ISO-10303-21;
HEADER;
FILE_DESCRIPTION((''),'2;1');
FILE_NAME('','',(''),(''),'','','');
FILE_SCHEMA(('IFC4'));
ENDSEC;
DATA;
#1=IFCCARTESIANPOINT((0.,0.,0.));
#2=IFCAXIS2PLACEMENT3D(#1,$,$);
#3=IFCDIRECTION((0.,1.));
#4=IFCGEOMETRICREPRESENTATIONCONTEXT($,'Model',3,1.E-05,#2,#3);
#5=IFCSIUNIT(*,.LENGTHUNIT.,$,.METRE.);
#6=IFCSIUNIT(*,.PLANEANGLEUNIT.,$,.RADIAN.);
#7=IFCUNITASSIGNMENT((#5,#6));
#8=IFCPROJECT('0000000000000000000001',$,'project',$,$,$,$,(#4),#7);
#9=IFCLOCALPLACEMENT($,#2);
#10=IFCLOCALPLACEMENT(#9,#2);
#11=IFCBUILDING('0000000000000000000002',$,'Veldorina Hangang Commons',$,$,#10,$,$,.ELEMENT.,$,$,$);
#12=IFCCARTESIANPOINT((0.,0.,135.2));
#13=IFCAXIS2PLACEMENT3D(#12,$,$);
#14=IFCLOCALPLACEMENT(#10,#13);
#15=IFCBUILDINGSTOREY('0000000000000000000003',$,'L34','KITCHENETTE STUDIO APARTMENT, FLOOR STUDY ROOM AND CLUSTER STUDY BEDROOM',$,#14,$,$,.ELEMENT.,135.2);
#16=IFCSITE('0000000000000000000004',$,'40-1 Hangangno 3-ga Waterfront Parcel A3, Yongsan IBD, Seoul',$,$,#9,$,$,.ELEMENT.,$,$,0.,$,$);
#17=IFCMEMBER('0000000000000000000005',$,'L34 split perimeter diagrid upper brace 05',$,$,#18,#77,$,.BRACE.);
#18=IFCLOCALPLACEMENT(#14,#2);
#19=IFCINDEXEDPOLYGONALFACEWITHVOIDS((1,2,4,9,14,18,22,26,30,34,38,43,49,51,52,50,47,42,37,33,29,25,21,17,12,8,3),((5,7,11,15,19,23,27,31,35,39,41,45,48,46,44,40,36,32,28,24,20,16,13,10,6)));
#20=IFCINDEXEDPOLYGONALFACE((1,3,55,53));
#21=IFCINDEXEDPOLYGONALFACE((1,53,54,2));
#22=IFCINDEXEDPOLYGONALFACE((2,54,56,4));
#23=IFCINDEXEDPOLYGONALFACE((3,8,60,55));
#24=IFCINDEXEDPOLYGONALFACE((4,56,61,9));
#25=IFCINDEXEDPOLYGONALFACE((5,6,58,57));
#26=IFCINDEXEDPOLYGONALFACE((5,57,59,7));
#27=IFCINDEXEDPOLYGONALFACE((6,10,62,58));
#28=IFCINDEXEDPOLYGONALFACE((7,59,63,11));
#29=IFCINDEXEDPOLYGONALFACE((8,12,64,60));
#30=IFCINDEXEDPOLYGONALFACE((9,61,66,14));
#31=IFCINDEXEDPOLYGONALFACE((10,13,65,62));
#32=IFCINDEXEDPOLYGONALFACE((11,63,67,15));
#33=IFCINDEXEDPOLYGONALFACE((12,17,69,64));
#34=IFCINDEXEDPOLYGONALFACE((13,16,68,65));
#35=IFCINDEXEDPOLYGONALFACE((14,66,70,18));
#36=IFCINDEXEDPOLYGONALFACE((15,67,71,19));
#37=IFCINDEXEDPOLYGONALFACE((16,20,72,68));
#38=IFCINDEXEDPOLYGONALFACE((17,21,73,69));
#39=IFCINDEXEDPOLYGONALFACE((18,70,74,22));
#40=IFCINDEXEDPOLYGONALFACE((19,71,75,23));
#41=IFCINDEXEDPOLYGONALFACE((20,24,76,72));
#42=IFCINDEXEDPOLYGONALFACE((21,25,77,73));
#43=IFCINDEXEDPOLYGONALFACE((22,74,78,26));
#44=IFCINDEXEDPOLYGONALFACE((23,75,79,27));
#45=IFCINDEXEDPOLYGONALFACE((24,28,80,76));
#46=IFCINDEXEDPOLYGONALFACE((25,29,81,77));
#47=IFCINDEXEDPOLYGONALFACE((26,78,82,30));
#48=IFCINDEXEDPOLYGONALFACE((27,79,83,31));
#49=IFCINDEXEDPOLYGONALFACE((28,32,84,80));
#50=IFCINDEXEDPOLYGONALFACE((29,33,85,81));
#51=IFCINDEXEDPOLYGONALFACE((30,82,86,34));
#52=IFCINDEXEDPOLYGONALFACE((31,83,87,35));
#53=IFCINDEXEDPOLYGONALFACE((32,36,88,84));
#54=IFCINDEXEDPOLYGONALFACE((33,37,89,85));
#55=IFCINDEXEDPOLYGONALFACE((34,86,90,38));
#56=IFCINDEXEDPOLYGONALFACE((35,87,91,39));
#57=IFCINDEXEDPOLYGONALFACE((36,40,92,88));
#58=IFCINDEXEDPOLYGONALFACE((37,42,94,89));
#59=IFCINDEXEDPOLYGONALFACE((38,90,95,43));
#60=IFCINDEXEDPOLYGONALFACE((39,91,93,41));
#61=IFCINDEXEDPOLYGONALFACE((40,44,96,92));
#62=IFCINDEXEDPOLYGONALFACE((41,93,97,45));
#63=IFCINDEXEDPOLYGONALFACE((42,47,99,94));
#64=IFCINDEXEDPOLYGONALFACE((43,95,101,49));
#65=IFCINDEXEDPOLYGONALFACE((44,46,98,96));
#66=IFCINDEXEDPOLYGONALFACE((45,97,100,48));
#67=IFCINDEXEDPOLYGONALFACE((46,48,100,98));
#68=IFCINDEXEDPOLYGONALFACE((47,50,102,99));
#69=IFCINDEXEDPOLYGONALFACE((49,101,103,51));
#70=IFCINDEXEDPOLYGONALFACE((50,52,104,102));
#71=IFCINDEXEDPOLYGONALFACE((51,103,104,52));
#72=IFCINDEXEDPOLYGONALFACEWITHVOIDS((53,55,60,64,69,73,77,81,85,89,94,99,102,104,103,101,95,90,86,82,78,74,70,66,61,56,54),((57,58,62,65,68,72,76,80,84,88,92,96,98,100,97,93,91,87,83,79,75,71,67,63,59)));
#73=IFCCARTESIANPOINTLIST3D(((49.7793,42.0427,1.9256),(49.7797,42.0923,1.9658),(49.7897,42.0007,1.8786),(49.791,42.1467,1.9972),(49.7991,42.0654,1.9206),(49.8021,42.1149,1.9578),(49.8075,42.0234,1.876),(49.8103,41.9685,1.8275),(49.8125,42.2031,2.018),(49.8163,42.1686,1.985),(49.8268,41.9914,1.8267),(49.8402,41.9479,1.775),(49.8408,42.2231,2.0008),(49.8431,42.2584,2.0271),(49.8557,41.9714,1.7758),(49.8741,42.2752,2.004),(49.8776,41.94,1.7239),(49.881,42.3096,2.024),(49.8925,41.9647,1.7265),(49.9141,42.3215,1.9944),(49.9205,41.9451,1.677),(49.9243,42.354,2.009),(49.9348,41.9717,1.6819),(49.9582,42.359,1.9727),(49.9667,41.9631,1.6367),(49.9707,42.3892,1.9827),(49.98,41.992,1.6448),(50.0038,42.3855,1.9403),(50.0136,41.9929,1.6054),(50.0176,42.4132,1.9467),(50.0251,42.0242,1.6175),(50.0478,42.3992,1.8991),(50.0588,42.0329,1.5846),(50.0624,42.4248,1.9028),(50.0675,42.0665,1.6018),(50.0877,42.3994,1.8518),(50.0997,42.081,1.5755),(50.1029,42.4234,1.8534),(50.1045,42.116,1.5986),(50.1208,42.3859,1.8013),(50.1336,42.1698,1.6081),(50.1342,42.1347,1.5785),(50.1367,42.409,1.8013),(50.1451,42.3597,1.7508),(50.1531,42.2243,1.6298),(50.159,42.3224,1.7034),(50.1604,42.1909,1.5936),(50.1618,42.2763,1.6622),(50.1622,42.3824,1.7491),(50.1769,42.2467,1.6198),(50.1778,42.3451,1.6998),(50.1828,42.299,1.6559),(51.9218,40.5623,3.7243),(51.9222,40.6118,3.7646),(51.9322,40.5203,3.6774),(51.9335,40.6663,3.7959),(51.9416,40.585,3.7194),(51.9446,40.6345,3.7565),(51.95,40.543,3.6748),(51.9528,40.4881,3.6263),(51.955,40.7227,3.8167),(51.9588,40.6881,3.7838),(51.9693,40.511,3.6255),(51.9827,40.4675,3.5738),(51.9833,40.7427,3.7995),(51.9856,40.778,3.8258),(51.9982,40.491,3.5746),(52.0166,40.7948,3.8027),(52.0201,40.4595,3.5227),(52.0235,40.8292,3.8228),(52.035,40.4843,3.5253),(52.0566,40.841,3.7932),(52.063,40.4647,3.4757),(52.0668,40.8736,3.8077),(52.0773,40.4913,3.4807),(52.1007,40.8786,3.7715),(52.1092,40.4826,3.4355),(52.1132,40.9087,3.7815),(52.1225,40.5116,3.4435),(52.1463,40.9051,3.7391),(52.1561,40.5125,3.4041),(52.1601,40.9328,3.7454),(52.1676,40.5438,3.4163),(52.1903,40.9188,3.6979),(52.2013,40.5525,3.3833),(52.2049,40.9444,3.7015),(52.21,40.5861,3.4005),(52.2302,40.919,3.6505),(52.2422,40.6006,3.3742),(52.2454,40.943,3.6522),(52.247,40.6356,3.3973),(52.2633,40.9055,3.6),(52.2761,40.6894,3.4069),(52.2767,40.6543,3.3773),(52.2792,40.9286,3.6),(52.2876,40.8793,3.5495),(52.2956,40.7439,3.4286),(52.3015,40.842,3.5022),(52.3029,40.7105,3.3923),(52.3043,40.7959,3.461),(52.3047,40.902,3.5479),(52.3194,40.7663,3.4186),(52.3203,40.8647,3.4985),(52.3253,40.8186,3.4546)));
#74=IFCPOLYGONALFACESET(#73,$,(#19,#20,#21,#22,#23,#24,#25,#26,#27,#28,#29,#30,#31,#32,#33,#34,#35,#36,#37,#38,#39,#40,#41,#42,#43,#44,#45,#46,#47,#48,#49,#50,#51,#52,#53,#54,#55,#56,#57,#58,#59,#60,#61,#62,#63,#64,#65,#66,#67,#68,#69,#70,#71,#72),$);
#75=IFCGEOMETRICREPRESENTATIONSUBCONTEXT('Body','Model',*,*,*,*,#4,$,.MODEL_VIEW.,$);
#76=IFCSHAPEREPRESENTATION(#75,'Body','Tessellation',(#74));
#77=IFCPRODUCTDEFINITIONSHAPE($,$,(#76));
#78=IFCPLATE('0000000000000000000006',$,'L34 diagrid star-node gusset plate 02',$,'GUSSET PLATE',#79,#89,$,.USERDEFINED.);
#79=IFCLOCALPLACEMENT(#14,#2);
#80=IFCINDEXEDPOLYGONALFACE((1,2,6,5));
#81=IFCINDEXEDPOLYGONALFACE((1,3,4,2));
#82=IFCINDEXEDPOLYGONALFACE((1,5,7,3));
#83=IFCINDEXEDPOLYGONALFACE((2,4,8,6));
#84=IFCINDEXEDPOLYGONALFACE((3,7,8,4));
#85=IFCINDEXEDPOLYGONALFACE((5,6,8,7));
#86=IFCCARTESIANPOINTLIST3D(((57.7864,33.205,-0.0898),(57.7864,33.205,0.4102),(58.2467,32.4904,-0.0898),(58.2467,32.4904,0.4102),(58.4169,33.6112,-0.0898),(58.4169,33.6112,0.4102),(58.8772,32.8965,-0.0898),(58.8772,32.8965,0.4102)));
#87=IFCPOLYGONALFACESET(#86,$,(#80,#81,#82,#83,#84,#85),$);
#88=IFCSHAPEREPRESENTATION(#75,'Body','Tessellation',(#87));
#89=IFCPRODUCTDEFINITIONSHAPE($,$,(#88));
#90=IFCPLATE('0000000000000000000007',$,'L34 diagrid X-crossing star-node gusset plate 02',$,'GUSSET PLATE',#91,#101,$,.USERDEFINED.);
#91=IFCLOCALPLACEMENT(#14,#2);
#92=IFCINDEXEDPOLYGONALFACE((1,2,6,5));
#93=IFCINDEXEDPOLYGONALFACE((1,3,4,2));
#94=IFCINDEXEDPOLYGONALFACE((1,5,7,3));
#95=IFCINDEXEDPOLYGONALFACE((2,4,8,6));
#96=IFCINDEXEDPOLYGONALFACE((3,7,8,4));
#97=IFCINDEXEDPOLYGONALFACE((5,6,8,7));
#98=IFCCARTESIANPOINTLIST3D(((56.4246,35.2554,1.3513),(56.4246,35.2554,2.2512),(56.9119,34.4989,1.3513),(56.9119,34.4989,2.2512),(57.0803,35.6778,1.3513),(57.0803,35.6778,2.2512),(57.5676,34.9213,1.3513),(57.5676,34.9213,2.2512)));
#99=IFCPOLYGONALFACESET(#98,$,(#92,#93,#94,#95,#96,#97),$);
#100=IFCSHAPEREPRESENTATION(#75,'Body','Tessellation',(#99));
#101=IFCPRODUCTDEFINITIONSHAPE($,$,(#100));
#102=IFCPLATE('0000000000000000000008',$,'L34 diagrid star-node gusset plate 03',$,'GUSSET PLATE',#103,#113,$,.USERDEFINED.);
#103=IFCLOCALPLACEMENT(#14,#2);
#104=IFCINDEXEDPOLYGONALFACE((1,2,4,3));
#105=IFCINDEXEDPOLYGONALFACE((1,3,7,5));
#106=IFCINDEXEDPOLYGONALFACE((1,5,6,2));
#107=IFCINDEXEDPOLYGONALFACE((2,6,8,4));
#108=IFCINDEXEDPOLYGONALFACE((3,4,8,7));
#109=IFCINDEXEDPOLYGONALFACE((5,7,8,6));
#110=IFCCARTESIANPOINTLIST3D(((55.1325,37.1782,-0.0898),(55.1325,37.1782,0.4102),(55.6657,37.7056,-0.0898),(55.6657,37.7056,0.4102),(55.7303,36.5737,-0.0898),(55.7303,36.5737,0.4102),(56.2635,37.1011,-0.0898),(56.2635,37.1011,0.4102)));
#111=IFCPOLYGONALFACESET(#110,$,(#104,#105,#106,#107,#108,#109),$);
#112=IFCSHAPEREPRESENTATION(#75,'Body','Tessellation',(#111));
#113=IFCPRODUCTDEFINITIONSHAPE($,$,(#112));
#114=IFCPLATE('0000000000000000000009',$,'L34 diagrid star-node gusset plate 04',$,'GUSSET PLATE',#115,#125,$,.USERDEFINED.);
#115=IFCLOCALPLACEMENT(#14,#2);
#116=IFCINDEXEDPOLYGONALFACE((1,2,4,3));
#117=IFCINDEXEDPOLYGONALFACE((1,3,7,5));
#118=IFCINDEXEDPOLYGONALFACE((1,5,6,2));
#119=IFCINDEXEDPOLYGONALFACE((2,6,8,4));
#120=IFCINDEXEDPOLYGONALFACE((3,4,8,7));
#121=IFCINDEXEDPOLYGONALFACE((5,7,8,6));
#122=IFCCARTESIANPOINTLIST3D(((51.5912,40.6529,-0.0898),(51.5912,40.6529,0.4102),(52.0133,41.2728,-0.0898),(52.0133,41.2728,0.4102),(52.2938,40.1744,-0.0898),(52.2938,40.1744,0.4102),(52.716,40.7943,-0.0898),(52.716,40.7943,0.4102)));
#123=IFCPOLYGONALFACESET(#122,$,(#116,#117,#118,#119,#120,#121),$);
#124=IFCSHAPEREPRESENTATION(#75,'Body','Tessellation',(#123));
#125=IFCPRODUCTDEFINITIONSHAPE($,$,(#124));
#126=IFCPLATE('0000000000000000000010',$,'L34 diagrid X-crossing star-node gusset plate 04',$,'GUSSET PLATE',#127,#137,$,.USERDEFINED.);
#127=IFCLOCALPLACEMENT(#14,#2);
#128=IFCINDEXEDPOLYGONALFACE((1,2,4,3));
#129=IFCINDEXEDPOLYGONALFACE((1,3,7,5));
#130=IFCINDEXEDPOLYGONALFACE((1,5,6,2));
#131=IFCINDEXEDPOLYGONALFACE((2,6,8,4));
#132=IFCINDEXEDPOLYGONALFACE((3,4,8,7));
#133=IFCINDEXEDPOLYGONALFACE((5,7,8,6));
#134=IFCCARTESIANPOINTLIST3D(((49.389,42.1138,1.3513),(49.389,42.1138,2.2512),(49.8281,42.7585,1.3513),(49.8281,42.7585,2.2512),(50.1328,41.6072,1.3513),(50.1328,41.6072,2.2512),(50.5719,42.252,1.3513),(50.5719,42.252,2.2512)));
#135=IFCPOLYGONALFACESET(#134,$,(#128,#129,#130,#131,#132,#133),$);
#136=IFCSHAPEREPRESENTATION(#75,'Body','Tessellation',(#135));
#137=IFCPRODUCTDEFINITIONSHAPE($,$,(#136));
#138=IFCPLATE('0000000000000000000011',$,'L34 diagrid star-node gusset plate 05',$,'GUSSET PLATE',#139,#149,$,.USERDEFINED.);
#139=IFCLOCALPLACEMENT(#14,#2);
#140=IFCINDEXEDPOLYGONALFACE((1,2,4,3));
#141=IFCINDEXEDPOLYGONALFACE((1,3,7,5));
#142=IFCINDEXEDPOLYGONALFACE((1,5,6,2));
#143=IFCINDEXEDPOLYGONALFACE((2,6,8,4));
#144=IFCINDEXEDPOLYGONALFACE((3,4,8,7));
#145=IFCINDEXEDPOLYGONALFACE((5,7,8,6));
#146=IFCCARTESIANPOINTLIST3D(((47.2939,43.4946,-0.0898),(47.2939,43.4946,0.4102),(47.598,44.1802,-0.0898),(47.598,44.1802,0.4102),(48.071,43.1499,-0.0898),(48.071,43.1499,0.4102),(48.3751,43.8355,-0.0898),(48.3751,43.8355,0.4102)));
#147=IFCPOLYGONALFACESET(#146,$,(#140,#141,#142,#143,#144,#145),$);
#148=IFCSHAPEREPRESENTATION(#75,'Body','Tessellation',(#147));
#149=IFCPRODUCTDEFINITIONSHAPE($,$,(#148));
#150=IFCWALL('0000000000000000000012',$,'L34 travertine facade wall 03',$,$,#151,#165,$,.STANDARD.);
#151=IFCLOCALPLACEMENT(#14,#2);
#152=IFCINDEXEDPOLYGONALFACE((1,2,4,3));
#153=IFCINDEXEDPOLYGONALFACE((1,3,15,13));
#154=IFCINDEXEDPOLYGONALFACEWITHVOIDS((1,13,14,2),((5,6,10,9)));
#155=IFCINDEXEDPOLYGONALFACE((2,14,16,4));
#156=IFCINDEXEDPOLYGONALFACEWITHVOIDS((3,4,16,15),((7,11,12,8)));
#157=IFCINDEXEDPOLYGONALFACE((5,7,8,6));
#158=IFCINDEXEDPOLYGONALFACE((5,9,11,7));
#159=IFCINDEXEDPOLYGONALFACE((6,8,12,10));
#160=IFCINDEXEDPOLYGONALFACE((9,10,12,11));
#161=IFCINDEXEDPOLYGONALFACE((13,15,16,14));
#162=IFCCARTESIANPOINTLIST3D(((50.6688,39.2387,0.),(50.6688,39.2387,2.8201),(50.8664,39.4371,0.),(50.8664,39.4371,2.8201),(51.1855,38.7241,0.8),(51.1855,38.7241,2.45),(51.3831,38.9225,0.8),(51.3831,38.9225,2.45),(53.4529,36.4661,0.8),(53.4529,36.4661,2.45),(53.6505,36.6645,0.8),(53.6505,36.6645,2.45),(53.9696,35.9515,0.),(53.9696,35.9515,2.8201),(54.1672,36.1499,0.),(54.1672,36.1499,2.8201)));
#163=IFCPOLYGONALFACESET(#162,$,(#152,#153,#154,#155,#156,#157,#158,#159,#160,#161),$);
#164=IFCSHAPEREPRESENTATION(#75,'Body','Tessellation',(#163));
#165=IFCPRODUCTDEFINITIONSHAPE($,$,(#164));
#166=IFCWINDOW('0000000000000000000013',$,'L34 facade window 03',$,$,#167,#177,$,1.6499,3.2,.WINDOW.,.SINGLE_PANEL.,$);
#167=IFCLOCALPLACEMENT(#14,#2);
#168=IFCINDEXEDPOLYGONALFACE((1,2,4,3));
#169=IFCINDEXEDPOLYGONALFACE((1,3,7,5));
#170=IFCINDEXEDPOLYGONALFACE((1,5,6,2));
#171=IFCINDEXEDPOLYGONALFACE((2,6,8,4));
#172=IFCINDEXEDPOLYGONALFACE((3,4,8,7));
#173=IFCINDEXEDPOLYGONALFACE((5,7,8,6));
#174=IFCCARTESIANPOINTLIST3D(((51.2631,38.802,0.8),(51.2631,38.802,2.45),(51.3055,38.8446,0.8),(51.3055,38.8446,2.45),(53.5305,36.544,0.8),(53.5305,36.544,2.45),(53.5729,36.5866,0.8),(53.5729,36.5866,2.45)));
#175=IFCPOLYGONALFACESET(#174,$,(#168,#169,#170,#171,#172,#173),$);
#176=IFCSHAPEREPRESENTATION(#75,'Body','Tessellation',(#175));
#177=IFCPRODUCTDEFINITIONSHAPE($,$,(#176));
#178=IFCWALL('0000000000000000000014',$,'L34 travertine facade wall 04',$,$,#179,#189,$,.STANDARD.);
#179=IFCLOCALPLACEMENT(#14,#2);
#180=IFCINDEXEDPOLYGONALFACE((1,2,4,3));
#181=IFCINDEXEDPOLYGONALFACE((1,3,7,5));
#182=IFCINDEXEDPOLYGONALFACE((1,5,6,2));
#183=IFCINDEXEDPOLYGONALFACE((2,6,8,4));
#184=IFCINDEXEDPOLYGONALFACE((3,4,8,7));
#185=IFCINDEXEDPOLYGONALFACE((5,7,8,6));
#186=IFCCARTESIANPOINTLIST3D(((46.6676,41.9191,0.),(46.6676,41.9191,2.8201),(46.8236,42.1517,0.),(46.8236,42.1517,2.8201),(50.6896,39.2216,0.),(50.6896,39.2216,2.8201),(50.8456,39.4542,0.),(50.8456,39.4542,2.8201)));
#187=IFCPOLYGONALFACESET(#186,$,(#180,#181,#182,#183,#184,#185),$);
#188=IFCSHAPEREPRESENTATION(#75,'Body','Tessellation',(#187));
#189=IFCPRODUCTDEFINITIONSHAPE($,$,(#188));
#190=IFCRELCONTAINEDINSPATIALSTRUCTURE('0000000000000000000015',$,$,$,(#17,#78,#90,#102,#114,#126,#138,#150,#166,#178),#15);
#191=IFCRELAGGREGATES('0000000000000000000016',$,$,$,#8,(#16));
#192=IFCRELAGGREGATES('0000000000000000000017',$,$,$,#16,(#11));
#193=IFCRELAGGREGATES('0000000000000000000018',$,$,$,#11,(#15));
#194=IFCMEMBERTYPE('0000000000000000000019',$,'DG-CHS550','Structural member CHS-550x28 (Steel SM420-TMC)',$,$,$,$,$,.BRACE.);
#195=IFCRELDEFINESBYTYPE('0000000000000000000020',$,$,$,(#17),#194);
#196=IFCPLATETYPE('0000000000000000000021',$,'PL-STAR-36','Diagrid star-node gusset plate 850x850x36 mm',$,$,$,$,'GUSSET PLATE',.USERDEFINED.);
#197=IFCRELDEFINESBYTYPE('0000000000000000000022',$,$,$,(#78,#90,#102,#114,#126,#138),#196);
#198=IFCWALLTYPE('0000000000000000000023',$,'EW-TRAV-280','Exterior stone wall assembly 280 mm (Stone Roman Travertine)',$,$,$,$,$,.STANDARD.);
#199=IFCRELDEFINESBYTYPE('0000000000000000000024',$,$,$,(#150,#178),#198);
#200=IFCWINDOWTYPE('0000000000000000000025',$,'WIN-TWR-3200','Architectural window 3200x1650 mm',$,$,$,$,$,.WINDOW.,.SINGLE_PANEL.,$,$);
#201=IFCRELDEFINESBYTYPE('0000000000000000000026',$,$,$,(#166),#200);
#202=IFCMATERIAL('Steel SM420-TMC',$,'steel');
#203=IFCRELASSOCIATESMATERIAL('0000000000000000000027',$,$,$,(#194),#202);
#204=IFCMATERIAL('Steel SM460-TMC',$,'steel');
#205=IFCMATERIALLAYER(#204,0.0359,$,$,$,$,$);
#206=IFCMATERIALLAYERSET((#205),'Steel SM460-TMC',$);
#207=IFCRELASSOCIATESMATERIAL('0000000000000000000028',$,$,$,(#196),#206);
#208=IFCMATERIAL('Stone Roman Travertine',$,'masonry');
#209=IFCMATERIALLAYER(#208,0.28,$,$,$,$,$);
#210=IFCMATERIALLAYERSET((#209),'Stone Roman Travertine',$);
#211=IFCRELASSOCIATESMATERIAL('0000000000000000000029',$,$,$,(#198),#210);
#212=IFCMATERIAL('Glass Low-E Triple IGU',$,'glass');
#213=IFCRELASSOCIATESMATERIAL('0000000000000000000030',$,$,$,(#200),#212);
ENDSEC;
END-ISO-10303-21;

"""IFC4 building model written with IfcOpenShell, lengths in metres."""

from ifc_helpers import new_model, si_unit, direction, frame, frame_2d, origin, origin_2d, place, context, subcontext, project, spatial, rectangle, hollow_circle, extrude, material, layer, layer_set, material_profile, profile_set, type_object, element, fill, save


model = new_model("IFC4")

# Units and contexts
model_context = context("Model", 3, precision=1e-05, world=origin(), true_north=direction((0.0, 1.0)))
body_context = subcontext(model_context, "Body", "Model", "MODEL_VIEW")
ifc_project = project(units=[si_unit("LENGTHUNIT", "METRE"), si_unit("PLANEANGLEUNIT", "RADIAN")], contexts=[model_context])

# Site, building, storey
site_placement = place(None, origin())
site = spatial("IfcSite", under=ifc_project, at=site_placement, Name="40-1 Hangangno 3-ga Waterfront Parcel A3, Yongsan IBD, Seoul", CompositionType="ELEMENT", RefElevation=0.0)
building_placement = place(site_placement, origin())
building = spatial("IfcBuilding", under=site, at=building_placement, Name="Veldorina Hangang Commons", CompositionType="ELEMENT")
storey_placement = place(building_placement, frame((0.0, 0.0, 135.2)))
storey = spatial("IfcBuildingStorey", under=building, at=storey_placement, Name="L34", Description="KITCHENETTE STUDIO APARTMENT, FLOOR STUDY ROOM AND CLUSTER STUDY BEDROOM", CompositionType="ELEMENT", Elevation=135.2)

# Shared definitions
ifc_material_1 = material(Name="Steel SM420-TMC", Category="steel")

# Member
ifc_material_profile_1 = material_profile(ifc_material_1, hollow_circle(Radius=0.2749, WallThickness=0.0281, at=origin_2d()), Name="CHS-550x28")
ifc_profile_set_1 = profile_set([ifc_material_profile_1], Name="Steel SM420-TMC")
member_type = type_object("IfcMemberType", Name="DG-CHS550", Description="Structural member CHS-550x28 (Steel SM420-TMC)", PredefinedType="BRACE", material=ifc_profile_set_1)
member_1_placement = place(storey_placement, frame((49.9805, 42.1829, 1.8013), z_axis=(0.676927, -0.46774, 0.568322), x_axis=(0.568469, 0.822705, 0.0)))
element("IfcMember", 1, at=member_1_placement, inside=storey, type_object=member_type, Name="L34 split perimeter diagrid upper brace 05", PredefinedType="BRACE", context=body_context, shape_type="SweptSolid", body=[
    extrude(hollow_circle(Radius=0.2749, WallThickness=0.0281, at=origin_2d()), origin(), (0.0, 0.0, 1.0), 3.165),
])

# Plates
ifc_material_2 = material(Name="Steel SM460-TMC", Category="steel")
ifc_layer_1 = layer(ifc_material_2, 0.0359)
ifc_layer_set_1 = layer_set([ifc_layer_1], Name="Steel SM460-TMC")
plate_type = type_object("IfcPlateType", Name="PL-STAR-36", Description="Diagrid star-node gusset plate 850x850x36 mm", ElementType="GUSSET PLATE", PredefinedType="USERDEFINED", material=ifc_layer_set_1)
plate_1_placement = place(storey_placement, frame((58.3318, 33.0508, -0.0898), z_axis=(0.0, 0.0, 1.0), x_axis=(-0.541517, 0.840689, 0.0)))
element("IfcPlate", 2, at=plate_1_placement, inside=storey, type_object=plate_type, Name="L34 diagrid star-node gusset plate 02", ObjectType="GUSSET PLATE", PredefinedType="USERDEFINED", context=body_context, shape_type="SweptSolid", body=[
    extrude(rectangle(XDim=0.8501, YDim=0.75, at=origin_2d()), origin(), (0.0, 0.0, 1.0), 0.5),
])
plate_2_placement = place(storey_placement, frame((56.9961, 35.0884, 1.3513), z_axis=(0.0, 0.0, 1.0), x_axis=(-0.541517, 0.840689, 0.0)))
element("IfcPlate", 3, at=plate_2_placement, inside=storey, type_object=plate_type, Name="L34 diagrid X-crossing star-node gusset plate 02", ObjectType="GUSSET PLATE", PredefinedType="USERDEFINED", context=body_context, shape_type="SweptSolid", body=[
    extrude(rectangle(XDim=0.8999, YDim=0.78, at=origin_2d()), origin(), (0.0, 0.0, 1.0), 0.8999),
])
for number, where, z_axis, x_axis, name in (
    (4, (55.698, 37.1396, -0.0898), (0.0, 0.0, 1.0), (-0.703184, 0.711008, 0.0), "L34 diagrid star-node gusset plate 03"),
    (5, (52.1536, 40.7236, -0.0898), (0.0, 0.0, 1.0), (-0.826541, 0.562877, 0.0), "L34 diagrid star-node gusset plate 04"),
):
    element("IfcPlate", number, at=place(storey_placement, frame(where, z_axis=z_axis, x_axis=x_axis)), inside=storey, type_object=plate_type, Name=name, ObjectType="GUSSET PLATE", PredefinedType="USERDEFINED", context=body_context, shape_type="SweptSolid", body=[
        extrude(rectangle(XDim=0.8501, YDim=0.75, at=origin_2d()), origin(), (0.0, 0.0, 1.0), 0.5),
    ])
plate_3_placement = place(storey_placement, frame((49.9805, 42.1829, 1.3513), z_axis=(0.0, 0.0, 1.0), x_axis=(-0.826541, 0.562877, 0.0)))
element("IfcPlate", 6, at=plate_3_placement, inside=storey, type_object=plate_type, Name="L34 diagrid X-crossing star-node gusset plate 04", ObjectType="GUSSET PLATE", PredefinedType="USERDEFINED", context=body_context, shape_type="SweptSolid", body=[
    extrude(rectangle(XDim=0.8999, YDim=0.78, at=origin_2d()), origin(), (0.0, 0.0, 1.0), 0.8999),
])
plate_4_placement = place(storey_placement, frame((47.8345, 43.665, -0.0898), z_axis=(0.0, 0.0, 1.0), x_axis=(-0.914112, 0.405461, 0.0)))
element("IfcPlate", 7, at=plate_4_placement, inside=storey, type_object=plate_type, Name="L34 diagrid star-node gusset plate 05", ObjectType="GUSSET PLATE", PredefinedType="USERDEFINED", context=body_context, shape_type="SweptSolid", body=[
    extrude(rectangle(XDim=0.8501, YDim=0.75, at=origin_2d()), origin(), (0.0, 0.0, 1.0), 0.5),
])

# Wall, opening, window
ifc_material_3 = material(Name="Stone Roman Travertine", Category="masonry")
ifc_layer_2 = layer(ifc_material_3, 0.28)
ifc_layer_set_2 = layer_set([ifc_layer_2], Name="Stone Roman Travertine")
wall_type_1 = type_object("IfcWallType", Name="EW-TRAV-280", Description="Exterior stone wall assembly 280 mm (Stone Roman Travertine)", PredefinedType="STANDARD", material=ifc_layer_set_2)
wall_1_placement = place(storey_placement, frame((54.0684, 36.0508, 0.0), z_axis=(0.0, 0.0, 1.0), x_axis=(-0.708573, 0.705638, 0.0)))
wall_1 = element("IfcWall", 8, at=wall_1_placement, inside=storey, type_object=wall_type_1, Name="L34 travertine facade wall 03", PredefinedType="STANDARD", context=body_context, shape_type="SweptSolid", body=[
    extrude(rectangle(XDim=4.6584, YDim=0.28, at=frame_2d((2.3291, 0.0))), origin(), (0.0, 0.0, 1.0), 2.8201),
])
opening_1_placement = place(wall_1_placement, frame((0.729, 0.0, 0.8)))
opening_1 = element("IfcOpeningElement", 9, at=opening_1_placement, cuts=wall_1, PredefinedType="OPENING", context=body_context, shape_type="SweptSolid", body=[
    extrude(rectangle(XDim=3.2, YDim=1.6499, at=frame_2d((1.6001, 0.825))), frame((0.0, 0.1499, 0.0), z_axis=(0.0, -1.0, 0.0), x_axis=(1.0, 0.0, 0.0)), (0.0, 0.0, 1.0), 0.3),
])
ifc_material_4 = material(Name="Glass Low-E Triple IGU", Category="glass")
window_type = type_object("IfcWindowType", Name="WIN-TWR-3200", Description="Architectural window 3200x1650 mm", PartitioningType="SINGLE_PANEL", PredefinedType="WINDOW", material=ifc_material_4)
window_1_placement = place(opening_1_placement, origin())
window_1 = element("IfcWindow", 10, at=window_1_placement, inside=storey, type_object=window_type, Name="L34 facade window 03", OverallHeight=1.6499, OverallWidth=3.2, PartitioningType="SINGLE_PANEL", PredefinedType="WINDOW", context=body_context, shape_type="SweptSolid", body=[
    extrude(rectangle(XDim=3.2, YDim=1.6499, at=frame_2d((1.6001, 0.825))), frame((0.0, 0.03, 0.0), z_axis=(0.0, -1.0, 0.0), x_axis=(1.0, 0.0, 0.0)), (0.0, 0.0, 1.0), 0.0601),
])
fill(opening_1, window_1)

# Wall
wall_2_placement = place(storey_placement, frame((50.7676, 39.3379, 0.0), z_axis=(0.0, 0.0, 1.0), x_axis=(-0.830504, 0.557013, 0.0)))
element("IfcWall", 11, at=wall_2_placement, inside=storey, type_object=wall_type_1, Name="L34 travertine facade wall 04", PredefinedType="STANDARD", context=body_context, shape_type="SweptSolid", body=[
    extrude(rectangle(XDim=4.8428, YDim=0.28, at=frame_2d((2.4214, 0.0))), origin(), (0.0, 0.0, 1.0), 2.8201),
])

save(model, "model.ifc")
